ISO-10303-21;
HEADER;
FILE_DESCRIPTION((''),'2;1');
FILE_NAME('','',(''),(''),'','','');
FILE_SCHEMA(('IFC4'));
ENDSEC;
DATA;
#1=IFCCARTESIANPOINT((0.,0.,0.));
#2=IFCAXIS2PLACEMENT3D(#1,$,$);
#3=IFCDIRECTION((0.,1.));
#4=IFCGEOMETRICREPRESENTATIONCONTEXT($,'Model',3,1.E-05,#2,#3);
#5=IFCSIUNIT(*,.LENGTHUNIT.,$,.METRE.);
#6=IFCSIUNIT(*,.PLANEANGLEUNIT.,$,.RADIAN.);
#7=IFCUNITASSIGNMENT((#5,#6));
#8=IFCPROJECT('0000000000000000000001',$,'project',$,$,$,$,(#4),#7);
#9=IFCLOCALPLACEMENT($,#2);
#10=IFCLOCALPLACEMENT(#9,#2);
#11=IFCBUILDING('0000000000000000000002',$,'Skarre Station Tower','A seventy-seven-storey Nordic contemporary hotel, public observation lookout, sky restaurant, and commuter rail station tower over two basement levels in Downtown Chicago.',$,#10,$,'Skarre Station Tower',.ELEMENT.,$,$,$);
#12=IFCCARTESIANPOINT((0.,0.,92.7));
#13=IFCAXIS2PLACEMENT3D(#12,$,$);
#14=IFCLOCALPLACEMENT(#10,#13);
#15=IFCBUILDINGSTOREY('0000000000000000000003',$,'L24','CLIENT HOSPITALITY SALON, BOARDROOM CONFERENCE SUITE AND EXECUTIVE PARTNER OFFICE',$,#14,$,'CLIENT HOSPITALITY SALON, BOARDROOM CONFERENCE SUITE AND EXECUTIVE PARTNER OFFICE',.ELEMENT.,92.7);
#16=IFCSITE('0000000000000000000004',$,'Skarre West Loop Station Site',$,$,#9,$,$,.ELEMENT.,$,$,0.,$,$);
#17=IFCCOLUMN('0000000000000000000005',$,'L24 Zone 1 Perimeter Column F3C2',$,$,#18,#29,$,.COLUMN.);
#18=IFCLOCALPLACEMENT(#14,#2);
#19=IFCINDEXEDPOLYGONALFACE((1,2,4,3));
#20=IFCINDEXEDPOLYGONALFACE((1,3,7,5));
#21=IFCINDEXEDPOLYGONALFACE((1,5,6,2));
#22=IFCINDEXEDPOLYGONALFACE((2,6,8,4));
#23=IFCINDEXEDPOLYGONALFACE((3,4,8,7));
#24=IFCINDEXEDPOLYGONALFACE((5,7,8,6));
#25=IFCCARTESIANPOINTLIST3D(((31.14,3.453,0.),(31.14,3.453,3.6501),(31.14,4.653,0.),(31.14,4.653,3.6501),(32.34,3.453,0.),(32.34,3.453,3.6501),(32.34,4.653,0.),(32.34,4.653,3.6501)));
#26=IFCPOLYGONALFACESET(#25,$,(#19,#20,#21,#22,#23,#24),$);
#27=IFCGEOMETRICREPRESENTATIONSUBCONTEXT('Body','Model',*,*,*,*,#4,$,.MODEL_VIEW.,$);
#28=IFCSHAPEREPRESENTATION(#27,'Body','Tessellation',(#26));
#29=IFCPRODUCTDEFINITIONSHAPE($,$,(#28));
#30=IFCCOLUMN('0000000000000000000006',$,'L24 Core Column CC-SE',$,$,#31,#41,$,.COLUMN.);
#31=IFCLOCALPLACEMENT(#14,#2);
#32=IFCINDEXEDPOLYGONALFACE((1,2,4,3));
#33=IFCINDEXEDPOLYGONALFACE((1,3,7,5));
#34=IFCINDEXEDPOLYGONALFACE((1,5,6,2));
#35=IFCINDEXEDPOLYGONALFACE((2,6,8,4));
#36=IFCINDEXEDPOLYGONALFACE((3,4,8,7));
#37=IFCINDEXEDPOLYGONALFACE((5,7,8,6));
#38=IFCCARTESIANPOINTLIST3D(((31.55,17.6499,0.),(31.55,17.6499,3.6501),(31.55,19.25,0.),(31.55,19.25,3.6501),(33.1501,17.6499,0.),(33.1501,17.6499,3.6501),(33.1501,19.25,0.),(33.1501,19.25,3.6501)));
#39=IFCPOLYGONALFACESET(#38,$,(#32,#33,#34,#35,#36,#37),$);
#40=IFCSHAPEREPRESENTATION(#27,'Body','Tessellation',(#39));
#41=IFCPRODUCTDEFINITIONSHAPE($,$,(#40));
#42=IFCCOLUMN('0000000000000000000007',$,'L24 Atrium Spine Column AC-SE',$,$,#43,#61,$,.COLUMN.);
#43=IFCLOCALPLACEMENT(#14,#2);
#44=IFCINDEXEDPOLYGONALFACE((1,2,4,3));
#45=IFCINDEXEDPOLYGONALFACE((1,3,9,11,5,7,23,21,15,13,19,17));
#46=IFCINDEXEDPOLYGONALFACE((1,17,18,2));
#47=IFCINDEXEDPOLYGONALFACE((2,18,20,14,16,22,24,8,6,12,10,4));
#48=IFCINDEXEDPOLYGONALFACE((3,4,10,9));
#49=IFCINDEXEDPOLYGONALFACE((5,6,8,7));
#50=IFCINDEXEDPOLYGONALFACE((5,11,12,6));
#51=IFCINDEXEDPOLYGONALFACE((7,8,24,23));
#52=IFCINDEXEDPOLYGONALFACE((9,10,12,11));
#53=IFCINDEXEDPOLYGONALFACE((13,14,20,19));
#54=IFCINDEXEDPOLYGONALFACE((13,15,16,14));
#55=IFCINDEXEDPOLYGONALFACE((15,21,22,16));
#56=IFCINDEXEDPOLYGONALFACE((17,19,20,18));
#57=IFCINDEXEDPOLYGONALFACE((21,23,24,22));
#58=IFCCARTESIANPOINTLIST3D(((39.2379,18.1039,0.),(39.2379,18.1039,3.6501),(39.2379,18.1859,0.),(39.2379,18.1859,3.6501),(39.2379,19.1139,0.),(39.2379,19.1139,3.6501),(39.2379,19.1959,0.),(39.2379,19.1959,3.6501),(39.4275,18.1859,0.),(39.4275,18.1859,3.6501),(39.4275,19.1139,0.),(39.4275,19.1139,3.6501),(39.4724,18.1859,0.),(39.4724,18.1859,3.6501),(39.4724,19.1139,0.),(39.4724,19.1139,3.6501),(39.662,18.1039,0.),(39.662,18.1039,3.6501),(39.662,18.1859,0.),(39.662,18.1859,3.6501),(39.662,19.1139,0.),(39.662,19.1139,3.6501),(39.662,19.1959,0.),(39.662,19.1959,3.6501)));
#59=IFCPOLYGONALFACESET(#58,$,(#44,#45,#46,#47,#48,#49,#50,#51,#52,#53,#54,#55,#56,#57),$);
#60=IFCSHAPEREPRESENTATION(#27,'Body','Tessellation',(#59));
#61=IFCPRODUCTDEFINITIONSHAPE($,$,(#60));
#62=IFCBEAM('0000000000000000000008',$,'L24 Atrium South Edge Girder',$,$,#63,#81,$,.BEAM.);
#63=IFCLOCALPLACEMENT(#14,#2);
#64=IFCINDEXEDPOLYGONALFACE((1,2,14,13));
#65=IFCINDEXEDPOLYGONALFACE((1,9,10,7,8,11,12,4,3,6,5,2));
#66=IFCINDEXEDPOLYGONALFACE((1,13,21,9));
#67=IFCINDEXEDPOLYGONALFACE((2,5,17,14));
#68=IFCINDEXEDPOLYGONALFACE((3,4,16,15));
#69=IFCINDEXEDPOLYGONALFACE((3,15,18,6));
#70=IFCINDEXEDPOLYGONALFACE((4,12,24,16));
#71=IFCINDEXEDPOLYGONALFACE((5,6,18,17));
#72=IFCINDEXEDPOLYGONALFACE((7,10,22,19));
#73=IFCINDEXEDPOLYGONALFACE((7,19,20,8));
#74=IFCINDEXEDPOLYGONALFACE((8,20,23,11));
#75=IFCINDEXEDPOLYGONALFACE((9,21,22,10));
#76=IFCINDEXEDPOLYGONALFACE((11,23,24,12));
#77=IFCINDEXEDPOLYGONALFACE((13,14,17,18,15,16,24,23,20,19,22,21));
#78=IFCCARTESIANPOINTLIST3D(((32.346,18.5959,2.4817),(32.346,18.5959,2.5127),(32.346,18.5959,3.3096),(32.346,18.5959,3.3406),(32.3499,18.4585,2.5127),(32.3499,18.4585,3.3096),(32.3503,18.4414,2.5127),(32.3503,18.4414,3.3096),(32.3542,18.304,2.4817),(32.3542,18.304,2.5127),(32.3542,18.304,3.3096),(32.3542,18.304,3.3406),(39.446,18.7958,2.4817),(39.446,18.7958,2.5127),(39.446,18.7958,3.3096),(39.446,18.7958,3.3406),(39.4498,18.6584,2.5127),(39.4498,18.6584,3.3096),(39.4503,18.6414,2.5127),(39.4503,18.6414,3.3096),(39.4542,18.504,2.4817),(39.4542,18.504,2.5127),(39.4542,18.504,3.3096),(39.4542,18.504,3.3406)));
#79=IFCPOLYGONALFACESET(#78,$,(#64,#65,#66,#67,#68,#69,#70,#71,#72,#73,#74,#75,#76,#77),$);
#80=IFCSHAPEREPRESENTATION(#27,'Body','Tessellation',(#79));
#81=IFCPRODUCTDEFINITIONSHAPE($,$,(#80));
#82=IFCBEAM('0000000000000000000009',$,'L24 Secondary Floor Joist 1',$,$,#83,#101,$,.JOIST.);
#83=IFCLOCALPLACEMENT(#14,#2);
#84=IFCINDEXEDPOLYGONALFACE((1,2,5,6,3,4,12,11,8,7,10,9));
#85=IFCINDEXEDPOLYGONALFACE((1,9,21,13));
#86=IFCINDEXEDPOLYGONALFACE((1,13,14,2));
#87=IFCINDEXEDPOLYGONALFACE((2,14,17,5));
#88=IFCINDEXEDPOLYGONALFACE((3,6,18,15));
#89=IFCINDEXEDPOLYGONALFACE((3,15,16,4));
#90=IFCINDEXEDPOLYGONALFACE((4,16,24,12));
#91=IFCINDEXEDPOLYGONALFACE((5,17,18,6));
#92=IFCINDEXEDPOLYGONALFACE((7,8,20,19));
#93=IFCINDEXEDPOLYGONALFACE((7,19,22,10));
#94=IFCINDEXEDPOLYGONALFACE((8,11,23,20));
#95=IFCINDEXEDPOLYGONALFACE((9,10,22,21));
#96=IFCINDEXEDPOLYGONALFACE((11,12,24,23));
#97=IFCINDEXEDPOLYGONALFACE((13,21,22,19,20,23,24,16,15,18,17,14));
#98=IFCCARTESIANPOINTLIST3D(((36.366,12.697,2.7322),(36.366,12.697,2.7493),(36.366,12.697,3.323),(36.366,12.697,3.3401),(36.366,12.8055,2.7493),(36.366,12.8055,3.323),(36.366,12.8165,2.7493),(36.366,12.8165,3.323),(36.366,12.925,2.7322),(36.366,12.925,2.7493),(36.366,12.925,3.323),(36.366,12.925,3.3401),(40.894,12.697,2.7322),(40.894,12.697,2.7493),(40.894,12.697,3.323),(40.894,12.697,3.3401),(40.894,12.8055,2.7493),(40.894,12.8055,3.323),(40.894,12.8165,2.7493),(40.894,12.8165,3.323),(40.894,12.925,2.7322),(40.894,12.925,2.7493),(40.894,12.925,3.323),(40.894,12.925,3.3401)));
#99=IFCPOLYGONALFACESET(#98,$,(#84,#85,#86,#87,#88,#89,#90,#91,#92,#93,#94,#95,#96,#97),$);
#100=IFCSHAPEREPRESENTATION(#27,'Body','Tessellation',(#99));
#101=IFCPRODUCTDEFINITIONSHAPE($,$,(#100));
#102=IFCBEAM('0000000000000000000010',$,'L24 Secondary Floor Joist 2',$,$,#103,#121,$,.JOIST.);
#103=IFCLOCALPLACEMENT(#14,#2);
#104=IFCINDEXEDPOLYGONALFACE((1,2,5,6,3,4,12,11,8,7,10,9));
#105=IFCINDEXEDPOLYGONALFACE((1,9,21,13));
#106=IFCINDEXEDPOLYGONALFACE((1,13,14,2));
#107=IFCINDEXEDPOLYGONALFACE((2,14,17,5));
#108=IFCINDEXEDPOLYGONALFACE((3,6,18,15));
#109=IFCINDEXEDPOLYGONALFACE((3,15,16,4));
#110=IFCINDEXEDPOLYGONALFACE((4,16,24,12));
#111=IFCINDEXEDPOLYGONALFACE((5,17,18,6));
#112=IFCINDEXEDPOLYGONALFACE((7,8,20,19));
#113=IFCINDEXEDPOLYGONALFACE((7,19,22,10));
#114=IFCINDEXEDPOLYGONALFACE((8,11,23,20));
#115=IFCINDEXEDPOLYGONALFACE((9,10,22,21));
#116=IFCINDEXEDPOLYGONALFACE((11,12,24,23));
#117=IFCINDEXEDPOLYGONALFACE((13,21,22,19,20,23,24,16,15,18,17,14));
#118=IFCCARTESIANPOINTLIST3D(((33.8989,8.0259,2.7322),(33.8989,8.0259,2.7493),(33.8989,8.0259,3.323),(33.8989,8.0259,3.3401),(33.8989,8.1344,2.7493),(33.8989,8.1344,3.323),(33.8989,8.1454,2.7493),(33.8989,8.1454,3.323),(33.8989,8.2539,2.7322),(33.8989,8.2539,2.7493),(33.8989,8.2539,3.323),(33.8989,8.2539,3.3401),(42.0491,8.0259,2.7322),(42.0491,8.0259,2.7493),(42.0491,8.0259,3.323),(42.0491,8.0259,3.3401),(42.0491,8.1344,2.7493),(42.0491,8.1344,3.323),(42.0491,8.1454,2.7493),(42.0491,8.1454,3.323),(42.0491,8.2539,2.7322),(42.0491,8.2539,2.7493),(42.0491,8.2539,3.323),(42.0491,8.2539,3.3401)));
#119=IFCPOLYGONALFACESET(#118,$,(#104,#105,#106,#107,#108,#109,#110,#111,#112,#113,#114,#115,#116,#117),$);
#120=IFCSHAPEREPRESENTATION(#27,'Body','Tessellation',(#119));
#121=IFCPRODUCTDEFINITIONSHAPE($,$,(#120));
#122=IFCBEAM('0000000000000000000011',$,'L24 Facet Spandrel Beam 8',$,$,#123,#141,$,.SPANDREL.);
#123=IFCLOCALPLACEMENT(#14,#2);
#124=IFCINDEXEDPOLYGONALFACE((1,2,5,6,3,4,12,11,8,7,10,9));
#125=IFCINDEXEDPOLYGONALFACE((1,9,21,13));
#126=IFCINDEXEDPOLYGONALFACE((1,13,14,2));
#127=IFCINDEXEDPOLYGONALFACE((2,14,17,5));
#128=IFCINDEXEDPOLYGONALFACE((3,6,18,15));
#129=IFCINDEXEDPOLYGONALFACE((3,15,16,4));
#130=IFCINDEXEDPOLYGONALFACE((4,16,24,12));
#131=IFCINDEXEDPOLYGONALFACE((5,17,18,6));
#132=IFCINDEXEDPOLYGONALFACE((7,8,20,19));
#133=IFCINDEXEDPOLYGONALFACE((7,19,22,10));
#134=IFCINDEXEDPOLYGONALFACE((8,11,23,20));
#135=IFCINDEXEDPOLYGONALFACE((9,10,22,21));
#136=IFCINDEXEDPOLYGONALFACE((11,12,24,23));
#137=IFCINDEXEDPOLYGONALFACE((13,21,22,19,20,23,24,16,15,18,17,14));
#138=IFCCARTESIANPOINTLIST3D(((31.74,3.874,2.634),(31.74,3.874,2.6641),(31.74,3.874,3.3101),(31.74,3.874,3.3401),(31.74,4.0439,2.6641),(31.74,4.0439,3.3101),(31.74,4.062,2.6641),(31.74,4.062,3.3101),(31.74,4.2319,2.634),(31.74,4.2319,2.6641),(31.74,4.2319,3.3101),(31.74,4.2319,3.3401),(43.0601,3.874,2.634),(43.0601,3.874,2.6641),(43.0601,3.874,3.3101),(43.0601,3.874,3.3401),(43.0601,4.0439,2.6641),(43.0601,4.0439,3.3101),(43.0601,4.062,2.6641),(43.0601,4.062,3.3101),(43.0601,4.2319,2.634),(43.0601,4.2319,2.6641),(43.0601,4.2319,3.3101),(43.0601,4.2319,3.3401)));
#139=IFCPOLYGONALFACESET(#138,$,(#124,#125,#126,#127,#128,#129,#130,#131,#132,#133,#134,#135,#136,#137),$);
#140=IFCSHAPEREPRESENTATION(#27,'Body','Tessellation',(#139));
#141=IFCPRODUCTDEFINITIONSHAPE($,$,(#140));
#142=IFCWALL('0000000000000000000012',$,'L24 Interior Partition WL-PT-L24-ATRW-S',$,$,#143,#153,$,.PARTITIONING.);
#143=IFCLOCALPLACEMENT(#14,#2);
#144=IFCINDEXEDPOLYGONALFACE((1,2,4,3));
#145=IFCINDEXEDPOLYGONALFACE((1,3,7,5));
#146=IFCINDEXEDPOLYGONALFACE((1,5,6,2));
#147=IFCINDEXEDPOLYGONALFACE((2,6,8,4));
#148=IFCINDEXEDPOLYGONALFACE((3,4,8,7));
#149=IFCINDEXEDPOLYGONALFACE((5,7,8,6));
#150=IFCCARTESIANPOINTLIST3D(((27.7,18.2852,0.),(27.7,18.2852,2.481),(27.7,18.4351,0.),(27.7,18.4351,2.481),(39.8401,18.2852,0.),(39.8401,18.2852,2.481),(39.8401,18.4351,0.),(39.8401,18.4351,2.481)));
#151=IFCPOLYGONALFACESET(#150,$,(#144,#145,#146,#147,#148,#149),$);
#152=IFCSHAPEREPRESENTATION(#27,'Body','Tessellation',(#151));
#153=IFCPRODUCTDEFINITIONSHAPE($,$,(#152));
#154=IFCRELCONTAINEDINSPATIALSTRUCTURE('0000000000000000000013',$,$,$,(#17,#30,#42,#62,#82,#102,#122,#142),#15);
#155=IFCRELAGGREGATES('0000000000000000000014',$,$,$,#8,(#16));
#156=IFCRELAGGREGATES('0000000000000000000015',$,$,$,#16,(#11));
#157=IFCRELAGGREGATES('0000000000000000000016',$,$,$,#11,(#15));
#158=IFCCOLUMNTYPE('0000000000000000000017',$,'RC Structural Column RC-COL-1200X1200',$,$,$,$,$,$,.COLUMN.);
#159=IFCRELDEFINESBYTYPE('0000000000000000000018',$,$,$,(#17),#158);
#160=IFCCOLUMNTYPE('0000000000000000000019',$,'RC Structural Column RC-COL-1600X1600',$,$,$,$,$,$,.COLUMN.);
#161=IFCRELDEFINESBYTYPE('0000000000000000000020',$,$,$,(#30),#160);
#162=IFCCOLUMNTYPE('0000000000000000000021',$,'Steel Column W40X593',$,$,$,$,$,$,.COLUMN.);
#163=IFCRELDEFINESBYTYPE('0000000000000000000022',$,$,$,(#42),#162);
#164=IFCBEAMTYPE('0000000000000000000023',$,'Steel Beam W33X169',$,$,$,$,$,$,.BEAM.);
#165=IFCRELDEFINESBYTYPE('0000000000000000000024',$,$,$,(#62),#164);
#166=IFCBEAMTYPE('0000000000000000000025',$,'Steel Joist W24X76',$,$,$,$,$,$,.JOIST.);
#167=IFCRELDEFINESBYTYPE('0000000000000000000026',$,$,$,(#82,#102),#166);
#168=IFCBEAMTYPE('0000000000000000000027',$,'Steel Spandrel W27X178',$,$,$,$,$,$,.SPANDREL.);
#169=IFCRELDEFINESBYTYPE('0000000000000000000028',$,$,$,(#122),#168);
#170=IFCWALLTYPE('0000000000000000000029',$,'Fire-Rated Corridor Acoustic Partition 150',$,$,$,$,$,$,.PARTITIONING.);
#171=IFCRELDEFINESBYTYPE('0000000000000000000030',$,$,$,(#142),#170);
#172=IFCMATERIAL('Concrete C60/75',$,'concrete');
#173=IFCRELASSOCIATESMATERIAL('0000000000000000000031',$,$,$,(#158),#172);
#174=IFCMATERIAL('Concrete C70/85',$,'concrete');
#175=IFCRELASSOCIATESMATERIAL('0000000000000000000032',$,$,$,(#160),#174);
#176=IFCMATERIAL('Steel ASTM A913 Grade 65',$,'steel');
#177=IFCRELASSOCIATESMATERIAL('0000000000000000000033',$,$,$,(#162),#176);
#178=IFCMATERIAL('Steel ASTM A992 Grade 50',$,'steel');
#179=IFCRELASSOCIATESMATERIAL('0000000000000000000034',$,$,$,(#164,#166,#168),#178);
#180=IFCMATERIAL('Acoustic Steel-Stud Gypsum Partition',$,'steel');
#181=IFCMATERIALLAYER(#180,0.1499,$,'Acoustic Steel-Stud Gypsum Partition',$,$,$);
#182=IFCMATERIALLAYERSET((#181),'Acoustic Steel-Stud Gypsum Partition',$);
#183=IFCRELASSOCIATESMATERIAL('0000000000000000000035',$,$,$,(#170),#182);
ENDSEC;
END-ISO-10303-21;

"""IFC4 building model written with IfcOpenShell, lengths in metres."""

from ifc_helpers import new_model, si_unit, direction, frame, frame_2d, origin, origin_2d, place, context, subcontext, project, spatial, rectangle, i_section, extrude, material, layer, layer_set, material_profile, profile_set, type_object, element, save


model = new_model("IFC4")

# Units and contexts
model_context = context("Model", 3, precision=1e-05, world=origin(), true_north=direction((0.0, 1.0)))
body_context = subcontext(model_context, "Body", "Model", "MODEL_VIEW")
ifc_project = project(units=[si_unit("LENGTHUNIT", "METRE"), si_unit("PLANEANGLEUNIT", "RADIAN")], contexts=[model_context])

# Site, building, storey
site_placement = place(None, origin())
site = spatial("IfcSite", under=ifc_project, at=site_placement, Name="Skarre West Loop Station Site", CompositionType="ELEMENT", RefElevation=0.0)
building_placement = place(site_placement, origin())
building = spatial("IfcBuilding", under=site, at=building_placement, Name="Skarre Station Tower", Description="A seventy-seven-storey Nordic contemporary hotel, public observation lookout, sky restaurant, and commuter rail station tower over two basement levels in Downtown Chicago.", LongName="Skarre Station Tower", CompositionType="ELEMENT")
storey_placement = place(building_placement, frame((0.0, 0.0, 92.7)))
storey = spatial("IfcBuildingStorey", under=building, at=storey_placement, Name="L24", Description="CLIENT HOSPITALITY SALON, BOARDROOM CONFERENCE SUITE AND EXECUTIVE PARTNER OFFICE", LongName="CLIENT HOSPITALITY SALON, BOARDROOM CONFERENCE SUITE AND EXECUTIVE PARTNER OFFICE", CompositionType="ELEMENT", Elevation=92.7)

# Columns
ifc_material_1 = material(Name="Concrete C60/75", Category="concrete")
ifc_material_profile_1 = material_profile(ifc_material_1, rectangle(XDim=1.2, YDim=1.2, at=origin_2d()), Name="Concrete C60/75")
ifc_profile_set_1 = profile_set([ifc_material_profile_1], Name="Concrete C60/75")
column_type_1 = type_object("IfcColumnType", Name="RC Structural Column RC-COL-1200X1200", PredefinedType="COLUMN", material=ifc_profile_set_1)
column_1_placement = place(storey_placement, frame((31.74, 4.053, 0.0), z_axis=(0.0, 0.0, 1.0), x_axis=(1.0, 0.0, 0.0)))
element("IfcColumn", 1, at=column_1_placement, inside=storey, type_object=column_type_1, Name="L24 Zone 1 Perimeter Column F3C2", PredefinedType="COLUMN", context=body_context, shape_type="SweptSolid", body=[
    extrude(rectangle(XDim=1.2, YDim=1.2, at=origin_2d()), origin(), (0.0, 0.0, 1.0), 3.6501),
])
ifc_material_2 = material(Name="Concrete C70/85", Category="concrete")
ifc_material_profile_2 = material_profile(ifc_material_2, rectangle(XDim=1.6001, YDim=1.6001, at=origin_2d()), Name="Concrete C70/85")
ifc_profile_set_2 = profile_set([ifc_material_profile_2], Name="Concrete C70/85")
column_type_2 = type_object("IfcColumnType", Name="RC Structural Column RC-COL-1600X1600", PredefinedType="COLUMN", material=ifc_profile_set_2)
column_2_placement = place(storey_placement, frame((32.3501, 18.45, 0.0), z_axis=(0.0, 0.0, 1.0), x_axis=(1.0, 0.0, 0.0)))
element("IfcColumn", 2, at=column_2_placement, inside=storey, type_object=column_type_2, Name="L24 Core Column CC-SE", PredefinedType="COLUMN", context=body_context, shape_type="SweptSolid", body=[
    extrude(rectangle(XDim=1.6001, YDim=1.6001, at=origin_2d()), origin(), (0.0, 0.0, 1.0), 3.6501),
])
ifc_material_3 = material(Name="Steel ASTM A913 Grade 65", Category="steel")
ifc_material_profile_3 = material_profile(ifc_material_3, i_section(OverallWidth=0.4241, OverallDepth=1.092, WebThickness=0.0449, FlangeThickness=0.082, at=origin_2d()), Name="Steel ASTM A913 Grade 65")
ifc_profile_set_3 = profile_set([ifc_material_profile_3], Name="Steel ASTM A913 Grade 65")
column_type_3 = type_object("IfcColumnType", Name="Steel Column W40X593", PredefinedType="COLUMN", material=ifc_profile_set_3)
column_3_placement = place(storey_placement, frame((39.45, 18.6499, 0.0), z_axis=(0.0, 0.0, 1.0), x_axis=(1.0, 0.0, 0.0)))
element("IfcColumn", 3, at=column_3_placement, inside=storey, type_object=column_type_3, Name="L24 Atrium Spine Column AC-SE", PredefinedType="COLUMN", context=body_context, shape_type="SweptSolid", body=[
    extrude(i_section(OverallWidth=0.4241, OverallDepth=1.092, WebThickness=0.0449, FlangeThickness=0.082, at=origin_2d()), origin(), (0.0, 0.0, 1.0), 3.6501),
])

# Beams
ifc_material_4 = material(Name="Steel ASTM A992 Grade 50", Category="steel")
ifc_material_profile_4 = material_profile(ifc_material_4, i_section(OverallWidth=0.292, OverallDepth=0.8589, WebThickness=0.0171, FlangeThickness=0.031, at=origin_2d()), Name="Steel ASTM A992 Grade 50")
ifc_profile_set_4 = profile_set([ifc_material_profile_4], Name="Steel ASTM A992 Grade 50")
beam_type_1 = type_object("IfcBeamType", Name="Steel Beam W33X169", PredefinedType="BEAM", material=ifc_profile_set_4)
beam_1_placement = place(storey_placement, frame((32.3501, 18.45, 2.9111), z_axis=(0.999604, 0.028152, 0.0), x_axis=(-0.028152, 0.999604, 0.0)))
element("IfcBeam", 4, at=beam_1_placement, inside=storey, type_object=beam_type_1, Name="L24 Atrium South Edge Girder", PredefinedType="BEAM", context=body_context, shape_type="SweptSolid", body=[
    extrude(i_section(OverallWidth=0.292, OverallDepth=0.8589, WebThickness=0.0171, FlangeThickness=0.031, at=origin_2d()), origin(), (0.0, 0.0, 1.0), 7.1028),
])
ifc_material_profile_5 = material_profile(ifc_material_4, i_section(OverallWidth=0.228, OverallDepth=0.6079, WebThickness=0.011, FlangeThickness=0.0171, at=origin_2d()), Name="Steel ASTM A992 Grade 50")
ifc_profile_set_5 = profile_set([ifc_material_profile_5], Name="Steel ASTM A992 Grade 50")
beam_type_2 = type_object("IfcBeamType", Name="Steel Joist W24X76", PredefinedType="JOIST", material=ifc_profile_set_5)
beam_2_placement = place(storey_placement, frame((36.366, 12.811, 3.0361), z_axis=(1.0, 0.0, 0.0), x_axis=(0.0, 1.0, 0.0)))
element("IfcBeam", 5, at=beam_2_placement, inside=storey, type_object=beam_type_2, Name="L24 Secondary Floor Joist 1", PredefinedType="JOIST", context=body_context, shape_type="SweptSolid", body=[
    extrude(i_section(OverallWidth=0.228, OverallDepth=0.6079, WebThickness=0.011, FlangeThickness=0.0171, at=origin_2d()), origin(), (0.0, 0.0, 1.0), 4.5281),
])
beam_3_placement = place(storey_placement, frame((33.8989, 8.1399, 3.0361), z_axis=(1.0, 0.0, 0.0), x_axis=(0.0, 1.0, 0.0)))
element("IfcBeam", 6, at=beam_3_placement, inside=storey, type_object=beam_type_2, Name="L24 Secondary Floor Joist 2", PredefinedType="JOIST", context=body_context, shape_type="SweptSolid", body=[
    extrude(i_section(OverallWidth=0.228, OverallDepth=0.6079, WebThickness=0.011, FlangeThickness=0.0171, at=origin_2d()), origin(), (0.0, 0.0, 1.0), 8.1501),
])
ifc_material_profile_6 = material_profile(ifc_material_4, i_section(OverallWidth=0.3579, OverallDepth=0.7061, WebThickness=0.0181, FlangeThickness=0.03, at=origin_2d()), Name="Steel ASTM A992 Grade 50")
ifc_profile_set_6 = profile_set([ifc_material_profile_6], Name="Steel ASTM A992 Grade 50")
beam_type_3 = type_object("IfcBeamType", Name="Steel Spandrel W27X178", PredefinedType="SPANDREL", material=ifc_profile_set_6)
beam_4_placement = place(storey_placement, frame((31.74, 4.053, 2.9871), z_axis=(1.0, 0.0, 0.0), x_axis=(0.0, 1.0, 0.0)))
element("IfcBeam", 7, at=beam_4_placement, inside=storey, type_object=beam_type_3, Name="L24 Facet Spandrel Beam 8", PredefinedType="SPANDREL", context=body_context, shape_type="SweptSolid", body=[
    extrude(i_section(OverallWidth=0.3579, OverallDepth=0.7061, WebThickness=0.0181, FlangeThickness=0.03, at=origin_2d()), origin(), (0.0, 0.0, 1.0), 11.3201),
])

# Wall
ifc_material_5 = material(Name="Acoustic Steel-Stud Gypsum Partition", Category="steel")
ifc_layer_1 = layer(ifc_material_5, 0.1499, Name="Acoustic Steel-Stud Gypsum Partition")
ifc_layer_set_1 = layer_set([ifc_layer_1], Name="Acoustic Steel-Stud Gypsum Partition")
wall_type_1 = type_object("IfcWallType", Name="Fire-Rated Corridor Acoustic Partition 150", PredefinedType="PARTITIONING", material=ifc_layer_set_1)
wall_1_placement = place(storey_placement, frame((27.7, 18.3601, 0.0), z_axis=(0.0, 0.0, 1.0), x_axis=(1.0, 0.0, 0.0)))
element("IfcWall", 8, at=wall_1_placement, inside=storey, type_object=wall_type_1, Name="L24 Interior Partition WL-PT-L24-ATRW-S", PredefinedType="PARTITIONING", context=body_context, shape_type="SweptSolid", body=[
    extrude(rectangle(XDim=12.1401, YDim=0.1499, at=frame_2d((6.0701, 0.0))), origin(), (0.0, 0.0, 1.0), 2.481),
])

save(model, "model.ifc")
